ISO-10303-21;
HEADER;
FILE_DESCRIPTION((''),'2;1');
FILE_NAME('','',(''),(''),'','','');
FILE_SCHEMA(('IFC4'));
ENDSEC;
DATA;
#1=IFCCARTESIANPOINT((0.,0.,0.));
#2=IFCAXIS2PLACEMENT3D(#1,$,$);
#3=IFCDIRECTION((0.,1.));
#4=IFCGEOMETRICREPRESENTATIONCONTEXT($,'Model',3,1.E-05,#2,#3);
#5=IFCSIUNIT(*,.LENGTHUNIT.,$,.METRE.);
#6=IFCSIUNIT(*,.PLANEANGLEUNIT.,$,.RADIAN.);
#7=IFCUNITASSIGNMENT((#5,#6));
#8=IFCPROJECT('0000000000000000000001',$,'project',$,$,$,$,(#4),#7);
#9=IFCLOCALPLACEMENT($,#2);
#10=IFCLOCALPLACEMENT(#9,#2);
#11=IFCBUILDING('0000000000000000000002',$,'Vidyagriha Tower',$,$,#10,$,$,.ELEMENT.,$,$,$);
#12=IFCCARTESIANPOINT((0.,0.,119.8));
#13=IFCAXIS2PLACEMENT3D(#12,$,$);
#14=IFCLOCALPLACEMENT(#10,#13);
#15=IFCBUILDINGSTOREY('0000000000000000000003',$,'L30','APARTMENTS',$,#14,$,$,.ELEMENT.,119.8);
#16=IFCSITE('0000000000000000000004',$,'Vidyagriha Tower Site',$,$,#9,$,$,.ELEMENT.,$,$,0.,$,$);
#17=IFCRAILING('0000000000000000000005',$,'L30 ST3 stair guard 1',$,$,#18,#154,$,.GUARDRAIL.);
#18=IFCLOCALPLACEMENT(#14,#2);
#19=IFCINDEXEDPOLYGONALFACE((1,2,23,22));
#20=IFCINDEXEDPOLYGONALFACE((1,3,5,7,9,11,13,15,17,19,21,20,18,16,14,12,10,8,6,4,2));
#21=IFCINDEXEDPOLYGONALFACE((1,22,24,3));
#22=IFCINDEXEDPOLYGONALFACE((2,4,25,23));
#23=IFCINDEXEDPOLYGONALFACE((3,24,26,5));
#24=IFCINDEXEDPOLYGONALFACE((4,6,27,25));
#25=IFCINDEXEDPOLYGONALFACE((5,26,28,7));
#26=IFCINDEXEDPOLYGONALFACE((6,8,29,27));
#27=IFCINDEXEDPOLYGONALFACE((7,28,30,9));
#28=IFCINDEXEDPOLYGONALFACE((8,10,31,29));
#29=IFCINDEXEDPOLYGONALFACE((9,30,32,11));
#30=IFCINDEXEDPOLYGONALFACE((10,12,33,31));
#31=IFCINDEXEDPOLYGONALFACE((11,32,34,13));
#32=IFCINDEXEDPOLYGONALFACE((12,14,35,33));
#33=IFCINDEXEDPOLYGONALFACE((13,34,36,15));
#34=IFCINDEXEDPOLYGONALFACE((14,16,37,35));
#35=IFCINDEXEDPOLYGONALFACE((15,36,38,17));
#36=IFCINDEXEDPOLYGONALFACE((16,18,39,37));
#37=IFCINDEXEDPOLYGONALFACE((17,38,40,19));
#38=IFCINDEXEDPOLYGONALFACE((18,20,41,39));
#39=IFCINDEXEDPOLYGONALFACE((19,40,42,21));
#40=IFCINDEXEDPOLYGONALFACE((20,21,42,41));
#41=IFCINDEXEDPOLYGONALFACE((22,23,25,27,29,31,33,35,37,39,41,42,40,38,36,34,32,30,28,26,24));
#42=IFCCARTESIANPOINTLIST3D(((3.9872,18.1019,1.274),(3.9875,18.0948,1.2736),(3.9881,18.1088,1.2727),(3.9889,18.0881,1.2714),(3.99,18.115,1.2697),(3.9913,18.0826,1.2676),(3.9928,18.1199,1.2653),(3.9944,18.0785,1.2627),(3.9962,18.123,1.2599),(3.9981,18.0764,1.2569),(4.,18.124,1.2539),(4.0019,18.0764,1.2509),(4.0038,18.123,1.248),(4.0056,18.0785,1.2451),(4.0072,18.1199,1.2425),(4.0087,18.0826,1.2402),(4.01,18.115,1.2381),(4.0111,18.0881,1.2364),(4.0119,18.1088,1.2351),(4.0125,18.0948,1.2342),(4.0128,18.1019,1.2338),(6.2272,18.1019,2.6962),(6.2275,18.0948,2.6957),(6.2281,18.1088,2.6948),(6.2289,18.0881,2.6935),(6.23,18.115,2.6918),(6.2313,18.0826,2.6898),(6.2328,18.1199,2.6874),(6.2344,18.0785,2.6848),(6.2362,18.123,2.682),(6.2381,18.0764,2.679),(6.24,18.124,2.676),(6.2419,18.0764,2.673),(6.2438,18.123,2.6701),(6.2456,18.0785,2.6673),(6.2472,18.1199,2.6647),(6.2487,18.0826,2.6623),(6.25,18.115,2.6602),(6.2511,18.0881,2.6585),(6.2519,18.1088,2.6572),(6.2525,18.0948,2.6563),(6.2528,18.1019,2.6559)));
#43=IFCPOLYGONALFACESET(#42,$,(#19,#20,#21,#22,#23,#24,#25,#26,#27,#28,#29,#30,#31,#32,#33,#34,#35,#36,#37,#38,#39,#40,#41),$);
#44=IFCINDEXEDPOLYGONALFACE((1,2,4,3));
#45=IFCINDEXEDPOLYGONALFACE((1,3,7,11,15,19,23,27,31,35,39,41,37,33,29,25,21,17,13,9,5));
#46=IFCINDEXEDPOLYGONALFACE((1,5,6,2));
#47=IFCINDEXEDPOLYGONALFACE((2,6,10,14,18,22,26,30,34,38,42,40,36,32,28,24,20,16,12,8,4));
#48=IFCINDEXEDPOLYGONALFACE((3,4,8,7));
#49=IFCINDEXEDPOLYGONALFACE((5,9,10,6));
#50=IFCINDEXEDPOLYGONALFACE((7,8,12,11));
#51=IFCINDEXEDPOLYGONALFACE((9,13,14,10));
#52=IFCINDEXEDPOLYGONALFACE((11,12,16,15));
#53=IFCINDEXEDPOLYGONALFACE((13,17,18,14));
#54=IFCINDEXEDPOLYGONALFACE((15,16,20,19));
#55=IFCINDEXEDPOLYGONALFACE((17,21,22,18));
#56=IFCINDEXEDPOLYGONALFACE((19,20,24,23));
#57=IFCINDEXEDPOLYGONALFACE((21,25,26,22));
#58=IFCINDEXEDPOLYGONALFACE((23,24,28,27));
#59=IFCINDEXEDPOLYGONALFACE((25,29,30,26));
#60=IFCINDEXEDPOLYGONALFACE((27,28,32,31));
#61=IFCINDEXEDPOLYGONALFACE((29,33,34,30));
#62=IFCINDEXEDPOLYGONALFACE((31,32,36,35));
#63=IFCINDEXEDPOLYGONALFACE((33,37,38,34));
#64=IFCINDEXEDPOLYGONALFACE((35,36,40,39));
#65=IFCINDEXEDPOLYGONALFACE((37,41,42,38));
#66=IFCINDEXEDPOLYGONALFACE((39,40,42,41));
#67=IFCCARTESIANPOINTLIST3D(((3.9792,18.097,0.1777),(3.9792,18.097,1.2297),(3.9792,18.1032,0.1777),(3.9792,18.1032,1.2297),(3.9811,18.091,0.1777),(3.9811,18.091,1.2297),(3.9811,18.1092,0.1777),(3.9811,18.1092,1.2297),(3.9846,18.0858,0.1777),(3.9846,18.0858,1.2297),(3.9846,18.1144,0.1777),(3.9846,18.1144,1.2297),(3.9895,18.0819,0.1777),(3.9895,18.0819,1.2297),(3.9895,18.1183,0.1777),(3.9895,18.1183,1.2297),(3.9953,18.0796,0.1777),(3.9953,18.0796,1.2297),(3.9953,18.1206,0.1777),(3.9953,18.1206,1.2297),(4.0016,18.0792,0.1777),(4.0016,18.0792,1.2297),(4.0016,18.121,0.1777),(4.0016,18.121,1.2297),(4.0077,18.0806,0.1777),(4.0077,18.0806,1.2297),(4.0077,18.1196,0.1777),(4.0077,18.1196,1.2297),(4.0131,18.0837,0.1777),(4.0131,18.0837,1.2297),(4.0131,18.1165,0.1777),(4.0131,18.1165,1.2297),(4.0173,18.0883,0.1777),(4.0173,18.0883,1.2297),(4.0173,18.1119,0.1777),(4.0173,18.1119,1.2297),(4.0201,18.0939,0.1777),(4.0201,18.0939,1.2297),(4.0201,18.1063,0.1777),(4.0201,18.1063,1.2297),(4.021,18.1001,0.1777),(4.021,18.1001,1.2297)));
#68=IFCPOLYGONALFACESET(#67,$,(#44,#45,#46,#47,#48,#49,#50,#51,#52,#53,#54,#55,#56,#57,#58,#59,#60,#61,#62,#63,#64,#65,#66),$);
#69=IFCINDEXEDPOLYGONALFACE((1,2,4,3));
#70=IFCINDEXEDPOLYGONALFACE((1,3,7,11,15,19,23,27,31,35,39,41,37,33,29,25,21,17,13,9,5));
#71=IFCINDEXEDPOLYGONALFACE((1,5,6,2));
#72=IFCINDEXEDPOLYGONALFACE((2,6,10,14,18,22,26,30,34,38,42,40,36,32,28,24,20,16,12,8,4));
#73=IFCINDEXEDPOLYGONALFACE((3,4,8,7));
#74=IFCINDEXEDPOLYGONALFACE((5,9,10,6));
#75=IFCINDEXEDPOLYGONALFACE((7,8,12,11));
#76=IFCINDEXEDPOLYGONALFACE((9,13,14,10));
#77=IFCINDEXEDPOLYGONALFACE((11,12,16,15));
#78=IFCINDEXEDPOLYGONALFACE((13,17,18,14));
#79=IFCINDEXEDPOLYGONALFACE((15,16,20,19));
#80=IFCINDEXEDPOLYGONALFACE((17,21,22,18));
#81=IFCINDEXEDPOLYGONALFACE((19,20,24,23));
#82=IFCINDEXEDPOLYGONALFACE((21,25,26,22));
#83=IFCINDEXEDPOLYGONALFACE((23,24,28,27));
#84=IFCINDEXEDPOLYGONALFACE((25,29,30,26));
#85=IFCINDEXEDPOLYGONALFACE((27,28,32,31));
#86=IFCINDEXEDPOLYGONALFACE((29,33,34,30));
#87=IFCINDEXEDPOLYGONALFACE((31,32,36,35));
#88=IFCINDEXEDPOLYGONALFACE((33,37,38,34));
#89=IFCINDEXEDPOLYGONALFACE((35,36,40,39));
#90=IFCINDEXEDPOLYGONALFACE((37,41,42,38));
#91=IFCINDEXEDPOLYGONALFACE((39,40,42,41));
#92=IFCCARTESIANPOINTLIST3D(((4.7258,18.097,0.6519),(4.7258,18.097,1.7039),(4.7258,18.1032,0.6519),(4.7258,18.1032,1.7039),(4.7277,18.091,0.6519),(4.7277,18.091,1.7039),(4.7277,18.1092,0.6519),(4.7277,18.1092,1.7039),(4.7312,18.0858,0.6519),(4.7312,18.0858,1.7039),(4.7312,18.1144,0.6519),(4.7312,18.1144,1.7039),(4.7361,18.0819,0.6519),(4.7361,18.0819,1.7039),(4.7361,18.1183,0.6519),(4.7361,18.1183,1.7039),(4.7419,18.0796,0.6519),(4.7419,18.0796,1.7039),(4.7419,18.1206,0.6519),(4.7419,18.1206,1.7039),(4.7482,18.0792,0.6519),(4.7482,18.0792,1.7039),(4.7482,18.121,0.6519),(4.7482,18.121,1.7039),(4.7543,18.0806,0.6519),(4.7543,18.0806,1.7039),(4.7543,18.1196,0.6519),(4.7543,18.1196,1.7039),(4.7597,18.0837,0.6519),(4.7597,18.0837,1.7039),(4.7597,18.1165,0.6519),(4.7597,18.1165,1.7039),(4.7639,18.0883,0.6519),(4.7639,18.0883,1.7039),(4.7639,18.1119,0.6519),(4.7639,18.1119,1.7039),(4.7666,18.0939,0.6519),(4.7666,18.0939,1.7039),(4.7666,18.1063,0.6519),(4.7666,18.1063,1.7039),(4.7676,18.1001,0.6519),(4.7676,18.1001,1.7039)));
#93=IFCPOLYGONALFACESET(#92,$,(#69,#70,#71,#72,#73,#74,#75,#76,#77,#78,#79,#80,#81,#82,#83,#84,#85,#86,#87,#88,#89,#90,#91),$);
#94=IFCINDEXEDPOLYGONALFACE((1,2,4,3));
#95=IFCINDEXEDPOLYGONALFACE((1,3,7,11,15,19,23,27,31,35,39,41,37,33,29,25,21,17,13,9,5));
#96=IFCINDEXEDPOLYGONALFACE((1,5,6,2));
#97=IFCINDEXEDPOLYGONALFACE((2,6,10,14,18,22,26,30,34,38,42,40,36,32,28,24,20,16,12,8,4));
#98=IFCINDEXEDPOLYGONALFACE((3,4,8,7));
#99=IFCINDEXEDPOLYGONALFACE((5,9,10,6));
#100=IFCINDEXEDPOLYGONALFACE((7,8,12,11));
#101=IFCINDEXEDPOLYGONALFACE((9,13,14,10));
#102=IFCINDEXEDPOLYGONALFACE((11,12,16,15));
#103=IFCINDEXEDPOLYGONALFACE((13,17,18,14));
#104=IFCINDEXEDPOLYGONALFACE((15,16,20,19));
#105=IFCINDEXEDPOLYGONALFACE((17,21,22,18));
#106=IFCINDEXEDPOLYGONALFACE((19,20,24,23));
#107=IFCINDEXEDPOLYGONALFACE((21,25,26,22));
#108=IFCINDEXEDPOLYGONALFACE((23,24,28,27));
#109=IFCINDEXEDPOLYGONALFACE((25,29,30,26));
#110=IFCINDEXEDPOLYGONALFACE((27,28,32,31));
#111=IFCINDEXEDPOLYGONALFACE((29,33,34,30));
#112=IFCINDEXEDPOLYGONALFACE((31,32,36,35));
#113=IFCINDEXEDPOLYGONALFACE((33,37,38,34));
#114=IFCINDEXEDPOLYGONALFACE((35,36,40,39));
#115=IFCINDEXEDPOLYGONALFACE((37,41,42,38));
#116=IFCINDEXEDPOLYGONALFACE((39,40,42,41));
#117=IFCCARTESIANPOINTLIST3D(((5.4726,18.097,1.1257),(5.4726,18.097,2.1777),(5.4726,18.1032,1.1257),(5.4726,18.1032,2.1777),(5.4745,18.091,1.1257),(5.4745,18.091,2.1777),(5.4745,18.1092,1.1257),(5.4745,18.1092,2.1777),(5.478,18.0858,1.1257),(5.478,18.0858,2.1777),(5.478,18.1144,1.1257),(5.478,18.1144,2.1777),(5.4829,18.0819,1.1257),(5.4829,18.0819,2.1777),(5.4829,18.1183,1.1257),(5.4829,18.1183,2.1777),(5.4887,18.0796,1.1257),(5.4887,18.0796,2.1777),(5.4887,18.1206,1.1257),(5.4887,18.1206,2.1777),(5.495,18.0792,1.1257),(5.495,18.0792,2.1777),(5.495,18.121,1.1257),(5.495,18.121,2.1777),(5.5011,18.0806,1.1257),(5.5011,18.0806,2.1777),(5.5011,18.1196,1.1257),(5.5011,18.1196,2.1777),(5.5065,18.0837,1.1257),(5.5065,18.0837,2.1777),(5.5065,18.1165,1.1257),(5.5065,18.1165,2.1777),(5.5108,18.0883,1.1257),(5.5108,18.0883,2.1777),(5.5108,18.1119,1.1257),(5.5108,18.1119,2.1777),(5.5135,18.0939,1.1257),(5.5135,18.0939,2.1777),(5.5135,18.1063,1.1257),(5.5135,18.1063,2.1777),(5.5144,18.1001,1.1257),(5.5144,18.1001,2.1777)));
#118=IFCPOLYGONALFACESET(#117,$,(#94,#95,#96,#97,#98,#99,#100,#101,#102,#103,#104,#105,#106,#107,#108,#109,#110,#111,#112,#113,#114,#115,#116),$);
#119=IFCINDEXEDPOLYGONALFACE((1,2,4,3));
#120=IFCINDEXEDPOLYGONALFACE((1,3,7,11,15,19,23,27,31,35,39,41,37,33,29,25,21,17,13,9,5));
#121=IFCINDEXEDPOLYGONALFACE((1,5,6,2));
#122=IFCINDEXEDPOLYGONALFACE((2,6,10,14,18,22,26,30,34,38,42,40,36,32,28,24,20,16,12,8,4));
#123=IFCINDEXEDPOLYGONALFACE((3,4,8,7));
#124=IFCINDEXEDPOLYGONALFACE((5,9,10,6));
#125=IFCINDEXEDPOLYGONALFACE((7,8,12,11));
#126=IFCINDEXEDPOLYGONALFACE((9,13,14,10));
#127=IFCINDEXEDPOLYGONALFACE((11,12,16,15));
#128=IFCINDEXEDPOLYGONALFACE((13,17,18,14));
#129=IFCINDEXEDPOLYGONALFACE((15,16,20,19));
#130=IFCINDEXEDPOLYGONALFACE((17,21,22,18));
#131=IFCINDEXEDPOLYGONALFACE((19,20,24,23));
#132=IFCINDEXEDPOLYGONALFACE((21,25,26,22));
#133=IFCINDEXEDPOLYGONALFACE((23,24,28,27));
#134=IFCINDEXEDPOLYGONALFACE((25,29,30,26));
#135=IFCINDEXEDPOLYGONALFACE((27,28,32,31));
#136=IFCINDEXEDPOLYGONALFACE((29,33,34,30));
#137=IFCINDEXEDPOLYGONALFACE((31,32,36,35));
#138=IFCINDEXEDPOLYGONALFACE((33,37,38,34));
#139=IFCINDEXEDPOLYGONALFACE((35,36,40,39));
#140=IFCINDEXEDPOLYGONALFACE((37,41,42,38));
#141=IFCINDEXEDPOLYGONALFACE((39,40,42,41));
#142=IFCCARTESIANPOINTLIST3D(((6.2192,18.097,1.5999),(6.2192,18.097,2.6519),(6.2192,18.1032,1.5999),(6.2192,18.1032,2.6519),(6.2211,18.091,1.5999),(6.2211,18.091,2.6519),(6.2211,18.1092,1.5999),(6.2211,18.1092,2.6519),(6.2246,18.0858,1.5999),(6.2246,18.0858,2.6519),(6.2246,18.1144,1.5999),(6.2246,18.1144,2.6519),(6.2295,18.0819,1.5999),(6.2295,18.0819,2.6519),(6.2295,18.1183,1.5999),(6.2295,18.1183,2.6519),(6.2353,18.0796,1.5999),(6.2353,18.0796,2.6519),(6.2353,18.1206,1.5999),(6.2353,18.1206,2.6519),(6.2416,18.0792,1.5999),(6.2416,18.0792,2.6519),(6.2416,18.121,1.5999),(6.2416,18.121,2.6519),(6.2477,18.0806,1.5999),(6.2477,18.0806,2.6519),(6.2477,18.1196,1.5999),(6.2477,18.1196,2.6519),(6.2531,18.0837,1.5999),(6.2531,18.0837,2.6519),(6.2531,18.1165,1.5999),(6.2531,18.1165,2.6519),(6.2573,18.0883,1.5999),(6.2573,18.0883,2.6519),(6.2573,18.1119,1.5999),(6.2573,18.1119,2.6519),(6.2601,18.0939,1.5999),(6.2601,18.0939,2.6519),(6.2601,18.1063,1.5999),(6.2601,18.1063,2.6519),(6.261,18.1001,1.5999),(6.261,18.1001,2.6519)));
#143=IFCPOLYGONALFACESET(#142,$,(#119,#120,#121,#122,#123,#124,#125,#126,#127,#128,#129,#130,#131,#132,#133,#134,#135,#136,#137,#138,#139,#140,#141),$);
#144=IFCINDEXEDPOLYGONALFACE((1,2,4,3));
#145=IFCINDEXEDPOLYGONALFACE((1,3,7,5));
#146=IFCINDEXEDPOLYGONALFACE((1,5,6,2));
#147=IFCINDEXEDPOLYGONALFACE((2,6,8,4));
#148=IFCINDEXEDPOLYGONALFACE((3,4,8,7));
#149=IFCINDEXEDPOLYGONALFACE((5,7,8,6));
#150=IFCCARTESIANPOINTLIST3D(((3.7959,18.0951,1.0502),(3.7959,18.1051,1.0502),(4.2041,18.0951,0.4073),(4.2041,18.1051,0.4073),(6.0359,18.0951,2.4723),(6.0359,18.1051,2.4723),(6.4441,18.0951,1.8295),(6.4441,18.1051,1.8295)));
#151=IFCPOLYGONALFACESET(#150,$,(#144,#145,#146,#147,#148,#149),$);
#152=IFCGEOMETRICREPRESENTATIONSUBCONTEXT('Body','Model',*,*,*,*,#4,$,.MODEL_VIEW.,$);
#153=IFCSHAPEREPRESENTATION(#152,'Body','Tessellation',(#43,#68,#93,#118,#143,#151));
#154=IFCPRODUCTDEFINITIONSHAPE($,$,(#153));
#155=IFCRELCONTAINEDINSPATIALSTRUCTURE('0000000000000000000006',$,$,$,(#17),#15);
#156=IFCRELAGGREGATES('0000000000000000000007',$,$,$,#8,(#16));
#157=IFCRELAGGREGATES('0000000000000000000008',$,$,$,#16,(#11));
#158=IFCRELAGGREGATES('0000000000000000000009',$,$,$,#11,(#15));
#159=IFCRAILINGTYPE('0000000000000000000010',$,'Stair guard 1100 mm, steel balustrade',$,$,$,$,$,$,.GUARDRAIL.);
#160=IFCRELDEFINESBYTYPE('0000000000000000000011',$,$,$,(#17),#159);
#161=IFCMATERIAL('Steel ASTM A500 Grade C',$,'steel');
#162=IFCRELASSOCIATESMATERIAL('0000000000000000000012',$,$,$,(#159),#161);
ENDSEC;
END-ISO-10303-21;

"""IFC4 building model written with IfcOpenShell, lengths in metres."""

from ifc_helpers import new_model, si_unit, direction, frame, origin, origin_2d, place, context, subcontext, project, spatial, rectangle, circle, extrude, material, type_object, element, save


model = new_model("IFC4")

# Units and contexts
model_context = context("Model", 3, precision=1e-05, world=origin(), true_north=direction((0.0, 1.0)))
body_context = subcontext(model_context, "Body", "Model", "MODEL_VIEW")
ifc_project = project(units=[si_unit("LENGTHUNIT", "METRE"), si_unit("PLANEANGLEUNIT", "RADIAN")], contexts=[model_context])

# Site, building, storey
site_placement = place(None, origin())
site = spatial("IfcSite", under=ifc_project, at=site_placement, Name="Vidyagriha Tower Site", CompositionType="ELEMENT", RefElevation=0.0)
building_placement = place(site_placement, origin())
building = spatial("IfcBuilding", under=site, at=building_placement, Name="Vidyagriha Tower", CompositionType="ELEMENT")
storey_placement = place(building_placement, frame((0.0, 0.0, 119.8)))
storey = spatial("IfcBuildingStorey", under=building, at=storey_placement, Name="L30", Description="APARTMENTS", CompositionType="ELEMENT", Elevation=119.8)

# Railing
ifc_material_1 = material(Name="Steel ASTM A500 Grade C", Category="steel")
railing_type_1 = type_object("IfcRailingType", Name="Stair guard 1100 mm, steel balustrade", PredefinedType="GUARDRAIL", material=ifc_material_1)
railing_1_placement = place(storey_placement, frame((4.0, 18.1001, 0.1777)))
element("IfcRailing", 1, at=railing_1_placement, inside=storey, type_object=railing_type_1, Name="L30 ST3 stair guard 1", PredefinedType="GUARDRAIL", context=body_context, shape_type="SweptSolid", body=[
    extrude(circle(Radius=0.0239, at=origin_2d()), frame((0.0, 0.0, 1.0762), z_axis=(0.844229, 0.0, 0.535982), x_axis=(0.0, 1.0, 0.0)), (0.0, 0.0, 1.0), 2.6533),
    extrude(circle(Radius=0.021, at=origin_2d()), origin(), (0.0, 0.0, 1.0), 1.052),
    extrude(circle(Radius=0.021, at=origin_2d()), frame((0.7466, 0.0, 0.4741)), (0.0, 0.0, 1.0), 1.052),
    extrude(circle(Radius=0.021, at=origin_2d()), frame((1.4934, 0.0, 0.948)), (0.0, 0.0, 1.0), 1.052),
    extrude(circle(Radius=0.021, at=origin_2d()), frame((2.24, 0.0, 1.4221)), (0.0, 0.0, 1.0), 1.052),
    extrude(rectangle(XDim=0.01, YDim=0.7615, at=origin_2d()), frame((0.0, 0.0, 0.551), z_axis=(0.844229, 0.0, 0.535982), x_axis=(0.0, 1.0, 0.0)), (0.0, 0.0, 1.0), 2.6533),
])

save(model, "model.ifc")
